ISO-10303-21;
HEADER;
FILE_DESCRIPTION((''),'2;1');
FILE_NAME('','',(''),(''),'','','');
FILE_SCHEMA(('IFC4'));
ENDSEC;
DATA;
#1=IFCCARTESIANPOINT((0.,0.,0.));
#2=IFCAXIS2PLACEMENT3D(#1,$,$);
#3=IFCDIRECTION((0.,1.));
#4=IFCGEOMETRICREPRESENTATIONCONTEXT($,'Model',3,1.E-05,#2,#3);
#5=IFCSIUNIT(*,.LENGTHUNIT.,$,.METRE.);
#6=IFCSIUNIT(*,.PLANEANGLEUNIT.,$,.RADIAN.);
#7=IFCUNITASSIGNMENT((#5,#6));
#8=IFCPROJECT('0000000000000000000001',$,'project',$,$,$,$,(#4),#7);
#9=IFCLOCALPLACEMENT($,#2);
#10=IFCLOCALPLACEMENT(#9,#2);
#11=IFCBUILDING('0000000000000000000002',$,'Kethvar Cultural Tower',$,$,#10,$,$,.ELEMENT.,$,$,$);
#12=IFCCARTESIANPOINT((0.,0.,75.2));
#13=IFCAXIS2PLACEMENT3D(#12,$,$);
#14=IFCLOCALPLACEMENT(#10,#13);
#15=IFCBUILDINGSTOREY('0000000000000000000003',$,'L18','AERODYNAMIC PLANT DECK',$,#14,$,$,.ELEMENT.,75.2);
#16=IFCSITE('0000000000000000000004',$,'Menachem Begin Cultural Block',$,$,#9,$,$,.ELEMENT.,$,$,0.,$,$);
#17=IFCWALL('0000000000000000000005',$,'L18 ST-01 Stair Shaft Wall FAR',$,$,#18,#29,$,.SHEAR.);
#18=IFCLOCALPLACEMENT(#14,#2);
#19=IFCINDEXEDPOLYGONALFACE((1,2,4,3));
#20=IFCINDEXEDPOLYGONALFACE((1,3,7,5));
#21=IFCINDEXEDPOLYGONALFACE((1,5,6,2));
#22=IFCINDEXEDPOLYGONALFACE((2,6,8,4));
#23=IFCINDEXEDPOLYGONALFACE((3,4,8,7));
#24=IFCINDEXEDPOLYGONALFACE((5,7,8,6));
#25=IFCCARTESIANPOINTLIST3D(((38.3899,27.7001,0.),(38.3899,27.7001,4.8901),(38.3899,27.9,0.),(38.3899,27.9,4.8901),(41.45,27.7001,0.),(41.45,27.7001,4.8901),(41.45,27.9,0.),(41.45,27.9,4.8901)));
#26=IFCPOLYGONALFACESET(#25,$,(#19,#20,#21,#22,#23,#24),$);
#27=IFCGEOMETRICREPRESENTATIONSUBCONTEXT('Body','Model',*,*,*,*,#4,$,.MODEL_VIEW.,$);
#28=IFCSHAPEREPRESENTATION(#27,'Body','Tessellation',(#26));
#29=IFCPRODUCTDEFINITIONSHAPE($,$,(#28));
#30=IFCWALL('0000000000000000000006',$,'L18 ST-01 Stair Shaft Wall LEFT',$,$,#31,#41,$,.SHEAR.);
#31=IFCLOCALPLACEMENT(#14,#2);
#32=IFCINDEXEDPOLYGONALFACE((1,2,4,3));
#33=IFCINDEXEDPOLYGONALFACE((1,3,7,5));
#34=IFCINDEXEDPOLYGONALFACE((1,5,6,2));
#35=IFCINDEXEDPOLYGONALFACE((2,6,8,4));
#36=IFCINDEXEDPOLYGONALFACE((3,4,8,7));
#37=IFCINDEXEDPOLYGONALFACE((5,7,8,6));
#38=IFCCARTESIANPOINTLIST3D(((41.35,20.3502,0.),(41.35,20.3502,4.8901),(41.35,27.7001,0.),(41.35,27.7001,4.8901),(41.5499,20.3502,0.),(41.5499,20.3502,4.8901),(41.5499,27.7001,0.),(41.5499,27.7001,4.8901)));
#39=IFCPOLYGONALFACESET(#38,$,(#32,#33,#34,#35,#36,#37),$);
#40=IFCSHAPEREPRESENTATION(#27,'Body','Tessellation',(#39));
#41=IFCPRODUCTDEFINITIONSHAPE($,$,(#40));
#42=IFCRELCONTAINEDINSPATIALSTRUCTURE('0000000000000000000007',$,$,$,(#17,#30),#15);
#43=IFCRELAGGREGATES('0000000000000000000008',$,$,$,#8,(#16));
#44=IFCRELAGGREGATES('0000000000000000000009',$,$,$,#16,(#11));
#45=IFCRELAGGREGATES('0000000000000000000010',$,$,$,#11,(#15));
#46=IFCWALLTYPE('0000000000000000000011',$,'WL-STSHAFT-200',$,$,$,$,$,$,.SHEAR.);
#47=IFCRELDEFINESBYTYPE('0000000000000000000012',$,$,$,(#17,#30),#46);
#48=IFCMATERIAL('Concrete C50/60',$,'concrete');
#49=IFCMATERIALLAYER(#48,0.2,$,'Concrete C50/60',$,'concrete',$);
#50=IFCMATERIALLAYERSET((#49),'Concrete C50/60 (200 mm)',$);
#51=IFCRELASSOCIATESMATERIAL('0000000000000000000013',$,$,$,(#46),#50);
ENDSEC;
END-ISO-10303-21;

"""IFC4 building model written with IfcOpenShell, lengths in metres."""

from ifc_helpers import new_model, si_unit, direction, frame, frame_2d, origin, place, context, subcontext, project, spatial, rectangle, extrude, material, layer, layer_set, type_object, element, save


model = new_model("IFC4")

# Units and contexts
model_context = context("Model", 3, precision=1e-05, world=origin(), true_north=direction((0.0, 1.0)))
body_context = subcontext(model_context, "Body", "Model", "MODEL_VIEW")
ifc_project = project(units=[si_unit("LENGTHUNIT", "METRE"), si_unit("PLANEANGLEUNIT", "RADIAN")], contexts=[model_context])

# Site, building, storey
site_placement = place(None, origin())
site = spatial("IfcSite", under=ifc_project, at=site_placement, Name="Menachem Begin Cultural Block", CompositionType="ELEMENT", RefElevation=0.0)
building_placement = place(site_placement, origin())
building = spatial("IfcBuilding", under=site, at=building_placement, Name="Kethvar Cultural Tower", CompositionType="ELEMENT")
storey_placement = place(building_placement, frame((0.0, 0.0, 75.2)))
storey = spatial("IfcBuildingStorey", under=building, at=storey_placement, Name="L18", Description="AERODYNAMIC PLANT DECK", CompositionType="ELEMENT", Elevation=75.2)

# Walls
ifc_material_1 = material(Name="Concrete C50/60", Category="concrete")
ifc_layer_1 = layer(ifc_material_1, 0.2, Name="Concrete C50/60", Category="concrete")
ifc_layer_set_1 = layer_set([ifc_layer_1], Name="Concrete C50/60 (200 mm)")
wall_type_1 = type_object("IfcWallType", Name="WL-STSHAFT-200", PredefinedType="SHEAR", material=ifc_layer_set_1)
wall_1_placement = place(storey_placement, frame((38.3899, 27.8, 0.0), z_axis=(0.0, 0.0, 1.0), x_axis=(1.0, 0.0, 0.0)))
element("IfcWall", 1, at=wall_1_placement, inside=storey, type_object=wall_type_1, Name="L18 ST-01 Stair Shaft Wall FAR", PredefinedType="SHEAR", context=body_context, shape_type="SweptSolid", body=[
    extrude(rectangle(XDim=3.0601, YDim=0.2, at=frame_2d((1.53, 0.0))), origin(), (0.0, 0.0, 1.0), 4.8901),
])
wall_2_placement = place(storey_placement, frame((41.45, 27.7, 0.0), z_axis=(0.0, 0.0, 1.0), x_axis=(0.0, -1.0, 0.0)))
element("IfcWall", 2, at=wall_2_placement, inside=storey, type_object=wall_type_1, Name="L18 ST-01 Stair Shaft Wall LEFT", PredefinedType="SHEAR", context=body_context, shape_type="SweptSolid", body=[
    extrude(rectangle(XDim=7.3499, YDim=0.2, at=frame_2d((3.6748, 0.0))), origin(), (0.0, 0.0, 1.0), 4.8901),
])

save(model, "model.ifc")
